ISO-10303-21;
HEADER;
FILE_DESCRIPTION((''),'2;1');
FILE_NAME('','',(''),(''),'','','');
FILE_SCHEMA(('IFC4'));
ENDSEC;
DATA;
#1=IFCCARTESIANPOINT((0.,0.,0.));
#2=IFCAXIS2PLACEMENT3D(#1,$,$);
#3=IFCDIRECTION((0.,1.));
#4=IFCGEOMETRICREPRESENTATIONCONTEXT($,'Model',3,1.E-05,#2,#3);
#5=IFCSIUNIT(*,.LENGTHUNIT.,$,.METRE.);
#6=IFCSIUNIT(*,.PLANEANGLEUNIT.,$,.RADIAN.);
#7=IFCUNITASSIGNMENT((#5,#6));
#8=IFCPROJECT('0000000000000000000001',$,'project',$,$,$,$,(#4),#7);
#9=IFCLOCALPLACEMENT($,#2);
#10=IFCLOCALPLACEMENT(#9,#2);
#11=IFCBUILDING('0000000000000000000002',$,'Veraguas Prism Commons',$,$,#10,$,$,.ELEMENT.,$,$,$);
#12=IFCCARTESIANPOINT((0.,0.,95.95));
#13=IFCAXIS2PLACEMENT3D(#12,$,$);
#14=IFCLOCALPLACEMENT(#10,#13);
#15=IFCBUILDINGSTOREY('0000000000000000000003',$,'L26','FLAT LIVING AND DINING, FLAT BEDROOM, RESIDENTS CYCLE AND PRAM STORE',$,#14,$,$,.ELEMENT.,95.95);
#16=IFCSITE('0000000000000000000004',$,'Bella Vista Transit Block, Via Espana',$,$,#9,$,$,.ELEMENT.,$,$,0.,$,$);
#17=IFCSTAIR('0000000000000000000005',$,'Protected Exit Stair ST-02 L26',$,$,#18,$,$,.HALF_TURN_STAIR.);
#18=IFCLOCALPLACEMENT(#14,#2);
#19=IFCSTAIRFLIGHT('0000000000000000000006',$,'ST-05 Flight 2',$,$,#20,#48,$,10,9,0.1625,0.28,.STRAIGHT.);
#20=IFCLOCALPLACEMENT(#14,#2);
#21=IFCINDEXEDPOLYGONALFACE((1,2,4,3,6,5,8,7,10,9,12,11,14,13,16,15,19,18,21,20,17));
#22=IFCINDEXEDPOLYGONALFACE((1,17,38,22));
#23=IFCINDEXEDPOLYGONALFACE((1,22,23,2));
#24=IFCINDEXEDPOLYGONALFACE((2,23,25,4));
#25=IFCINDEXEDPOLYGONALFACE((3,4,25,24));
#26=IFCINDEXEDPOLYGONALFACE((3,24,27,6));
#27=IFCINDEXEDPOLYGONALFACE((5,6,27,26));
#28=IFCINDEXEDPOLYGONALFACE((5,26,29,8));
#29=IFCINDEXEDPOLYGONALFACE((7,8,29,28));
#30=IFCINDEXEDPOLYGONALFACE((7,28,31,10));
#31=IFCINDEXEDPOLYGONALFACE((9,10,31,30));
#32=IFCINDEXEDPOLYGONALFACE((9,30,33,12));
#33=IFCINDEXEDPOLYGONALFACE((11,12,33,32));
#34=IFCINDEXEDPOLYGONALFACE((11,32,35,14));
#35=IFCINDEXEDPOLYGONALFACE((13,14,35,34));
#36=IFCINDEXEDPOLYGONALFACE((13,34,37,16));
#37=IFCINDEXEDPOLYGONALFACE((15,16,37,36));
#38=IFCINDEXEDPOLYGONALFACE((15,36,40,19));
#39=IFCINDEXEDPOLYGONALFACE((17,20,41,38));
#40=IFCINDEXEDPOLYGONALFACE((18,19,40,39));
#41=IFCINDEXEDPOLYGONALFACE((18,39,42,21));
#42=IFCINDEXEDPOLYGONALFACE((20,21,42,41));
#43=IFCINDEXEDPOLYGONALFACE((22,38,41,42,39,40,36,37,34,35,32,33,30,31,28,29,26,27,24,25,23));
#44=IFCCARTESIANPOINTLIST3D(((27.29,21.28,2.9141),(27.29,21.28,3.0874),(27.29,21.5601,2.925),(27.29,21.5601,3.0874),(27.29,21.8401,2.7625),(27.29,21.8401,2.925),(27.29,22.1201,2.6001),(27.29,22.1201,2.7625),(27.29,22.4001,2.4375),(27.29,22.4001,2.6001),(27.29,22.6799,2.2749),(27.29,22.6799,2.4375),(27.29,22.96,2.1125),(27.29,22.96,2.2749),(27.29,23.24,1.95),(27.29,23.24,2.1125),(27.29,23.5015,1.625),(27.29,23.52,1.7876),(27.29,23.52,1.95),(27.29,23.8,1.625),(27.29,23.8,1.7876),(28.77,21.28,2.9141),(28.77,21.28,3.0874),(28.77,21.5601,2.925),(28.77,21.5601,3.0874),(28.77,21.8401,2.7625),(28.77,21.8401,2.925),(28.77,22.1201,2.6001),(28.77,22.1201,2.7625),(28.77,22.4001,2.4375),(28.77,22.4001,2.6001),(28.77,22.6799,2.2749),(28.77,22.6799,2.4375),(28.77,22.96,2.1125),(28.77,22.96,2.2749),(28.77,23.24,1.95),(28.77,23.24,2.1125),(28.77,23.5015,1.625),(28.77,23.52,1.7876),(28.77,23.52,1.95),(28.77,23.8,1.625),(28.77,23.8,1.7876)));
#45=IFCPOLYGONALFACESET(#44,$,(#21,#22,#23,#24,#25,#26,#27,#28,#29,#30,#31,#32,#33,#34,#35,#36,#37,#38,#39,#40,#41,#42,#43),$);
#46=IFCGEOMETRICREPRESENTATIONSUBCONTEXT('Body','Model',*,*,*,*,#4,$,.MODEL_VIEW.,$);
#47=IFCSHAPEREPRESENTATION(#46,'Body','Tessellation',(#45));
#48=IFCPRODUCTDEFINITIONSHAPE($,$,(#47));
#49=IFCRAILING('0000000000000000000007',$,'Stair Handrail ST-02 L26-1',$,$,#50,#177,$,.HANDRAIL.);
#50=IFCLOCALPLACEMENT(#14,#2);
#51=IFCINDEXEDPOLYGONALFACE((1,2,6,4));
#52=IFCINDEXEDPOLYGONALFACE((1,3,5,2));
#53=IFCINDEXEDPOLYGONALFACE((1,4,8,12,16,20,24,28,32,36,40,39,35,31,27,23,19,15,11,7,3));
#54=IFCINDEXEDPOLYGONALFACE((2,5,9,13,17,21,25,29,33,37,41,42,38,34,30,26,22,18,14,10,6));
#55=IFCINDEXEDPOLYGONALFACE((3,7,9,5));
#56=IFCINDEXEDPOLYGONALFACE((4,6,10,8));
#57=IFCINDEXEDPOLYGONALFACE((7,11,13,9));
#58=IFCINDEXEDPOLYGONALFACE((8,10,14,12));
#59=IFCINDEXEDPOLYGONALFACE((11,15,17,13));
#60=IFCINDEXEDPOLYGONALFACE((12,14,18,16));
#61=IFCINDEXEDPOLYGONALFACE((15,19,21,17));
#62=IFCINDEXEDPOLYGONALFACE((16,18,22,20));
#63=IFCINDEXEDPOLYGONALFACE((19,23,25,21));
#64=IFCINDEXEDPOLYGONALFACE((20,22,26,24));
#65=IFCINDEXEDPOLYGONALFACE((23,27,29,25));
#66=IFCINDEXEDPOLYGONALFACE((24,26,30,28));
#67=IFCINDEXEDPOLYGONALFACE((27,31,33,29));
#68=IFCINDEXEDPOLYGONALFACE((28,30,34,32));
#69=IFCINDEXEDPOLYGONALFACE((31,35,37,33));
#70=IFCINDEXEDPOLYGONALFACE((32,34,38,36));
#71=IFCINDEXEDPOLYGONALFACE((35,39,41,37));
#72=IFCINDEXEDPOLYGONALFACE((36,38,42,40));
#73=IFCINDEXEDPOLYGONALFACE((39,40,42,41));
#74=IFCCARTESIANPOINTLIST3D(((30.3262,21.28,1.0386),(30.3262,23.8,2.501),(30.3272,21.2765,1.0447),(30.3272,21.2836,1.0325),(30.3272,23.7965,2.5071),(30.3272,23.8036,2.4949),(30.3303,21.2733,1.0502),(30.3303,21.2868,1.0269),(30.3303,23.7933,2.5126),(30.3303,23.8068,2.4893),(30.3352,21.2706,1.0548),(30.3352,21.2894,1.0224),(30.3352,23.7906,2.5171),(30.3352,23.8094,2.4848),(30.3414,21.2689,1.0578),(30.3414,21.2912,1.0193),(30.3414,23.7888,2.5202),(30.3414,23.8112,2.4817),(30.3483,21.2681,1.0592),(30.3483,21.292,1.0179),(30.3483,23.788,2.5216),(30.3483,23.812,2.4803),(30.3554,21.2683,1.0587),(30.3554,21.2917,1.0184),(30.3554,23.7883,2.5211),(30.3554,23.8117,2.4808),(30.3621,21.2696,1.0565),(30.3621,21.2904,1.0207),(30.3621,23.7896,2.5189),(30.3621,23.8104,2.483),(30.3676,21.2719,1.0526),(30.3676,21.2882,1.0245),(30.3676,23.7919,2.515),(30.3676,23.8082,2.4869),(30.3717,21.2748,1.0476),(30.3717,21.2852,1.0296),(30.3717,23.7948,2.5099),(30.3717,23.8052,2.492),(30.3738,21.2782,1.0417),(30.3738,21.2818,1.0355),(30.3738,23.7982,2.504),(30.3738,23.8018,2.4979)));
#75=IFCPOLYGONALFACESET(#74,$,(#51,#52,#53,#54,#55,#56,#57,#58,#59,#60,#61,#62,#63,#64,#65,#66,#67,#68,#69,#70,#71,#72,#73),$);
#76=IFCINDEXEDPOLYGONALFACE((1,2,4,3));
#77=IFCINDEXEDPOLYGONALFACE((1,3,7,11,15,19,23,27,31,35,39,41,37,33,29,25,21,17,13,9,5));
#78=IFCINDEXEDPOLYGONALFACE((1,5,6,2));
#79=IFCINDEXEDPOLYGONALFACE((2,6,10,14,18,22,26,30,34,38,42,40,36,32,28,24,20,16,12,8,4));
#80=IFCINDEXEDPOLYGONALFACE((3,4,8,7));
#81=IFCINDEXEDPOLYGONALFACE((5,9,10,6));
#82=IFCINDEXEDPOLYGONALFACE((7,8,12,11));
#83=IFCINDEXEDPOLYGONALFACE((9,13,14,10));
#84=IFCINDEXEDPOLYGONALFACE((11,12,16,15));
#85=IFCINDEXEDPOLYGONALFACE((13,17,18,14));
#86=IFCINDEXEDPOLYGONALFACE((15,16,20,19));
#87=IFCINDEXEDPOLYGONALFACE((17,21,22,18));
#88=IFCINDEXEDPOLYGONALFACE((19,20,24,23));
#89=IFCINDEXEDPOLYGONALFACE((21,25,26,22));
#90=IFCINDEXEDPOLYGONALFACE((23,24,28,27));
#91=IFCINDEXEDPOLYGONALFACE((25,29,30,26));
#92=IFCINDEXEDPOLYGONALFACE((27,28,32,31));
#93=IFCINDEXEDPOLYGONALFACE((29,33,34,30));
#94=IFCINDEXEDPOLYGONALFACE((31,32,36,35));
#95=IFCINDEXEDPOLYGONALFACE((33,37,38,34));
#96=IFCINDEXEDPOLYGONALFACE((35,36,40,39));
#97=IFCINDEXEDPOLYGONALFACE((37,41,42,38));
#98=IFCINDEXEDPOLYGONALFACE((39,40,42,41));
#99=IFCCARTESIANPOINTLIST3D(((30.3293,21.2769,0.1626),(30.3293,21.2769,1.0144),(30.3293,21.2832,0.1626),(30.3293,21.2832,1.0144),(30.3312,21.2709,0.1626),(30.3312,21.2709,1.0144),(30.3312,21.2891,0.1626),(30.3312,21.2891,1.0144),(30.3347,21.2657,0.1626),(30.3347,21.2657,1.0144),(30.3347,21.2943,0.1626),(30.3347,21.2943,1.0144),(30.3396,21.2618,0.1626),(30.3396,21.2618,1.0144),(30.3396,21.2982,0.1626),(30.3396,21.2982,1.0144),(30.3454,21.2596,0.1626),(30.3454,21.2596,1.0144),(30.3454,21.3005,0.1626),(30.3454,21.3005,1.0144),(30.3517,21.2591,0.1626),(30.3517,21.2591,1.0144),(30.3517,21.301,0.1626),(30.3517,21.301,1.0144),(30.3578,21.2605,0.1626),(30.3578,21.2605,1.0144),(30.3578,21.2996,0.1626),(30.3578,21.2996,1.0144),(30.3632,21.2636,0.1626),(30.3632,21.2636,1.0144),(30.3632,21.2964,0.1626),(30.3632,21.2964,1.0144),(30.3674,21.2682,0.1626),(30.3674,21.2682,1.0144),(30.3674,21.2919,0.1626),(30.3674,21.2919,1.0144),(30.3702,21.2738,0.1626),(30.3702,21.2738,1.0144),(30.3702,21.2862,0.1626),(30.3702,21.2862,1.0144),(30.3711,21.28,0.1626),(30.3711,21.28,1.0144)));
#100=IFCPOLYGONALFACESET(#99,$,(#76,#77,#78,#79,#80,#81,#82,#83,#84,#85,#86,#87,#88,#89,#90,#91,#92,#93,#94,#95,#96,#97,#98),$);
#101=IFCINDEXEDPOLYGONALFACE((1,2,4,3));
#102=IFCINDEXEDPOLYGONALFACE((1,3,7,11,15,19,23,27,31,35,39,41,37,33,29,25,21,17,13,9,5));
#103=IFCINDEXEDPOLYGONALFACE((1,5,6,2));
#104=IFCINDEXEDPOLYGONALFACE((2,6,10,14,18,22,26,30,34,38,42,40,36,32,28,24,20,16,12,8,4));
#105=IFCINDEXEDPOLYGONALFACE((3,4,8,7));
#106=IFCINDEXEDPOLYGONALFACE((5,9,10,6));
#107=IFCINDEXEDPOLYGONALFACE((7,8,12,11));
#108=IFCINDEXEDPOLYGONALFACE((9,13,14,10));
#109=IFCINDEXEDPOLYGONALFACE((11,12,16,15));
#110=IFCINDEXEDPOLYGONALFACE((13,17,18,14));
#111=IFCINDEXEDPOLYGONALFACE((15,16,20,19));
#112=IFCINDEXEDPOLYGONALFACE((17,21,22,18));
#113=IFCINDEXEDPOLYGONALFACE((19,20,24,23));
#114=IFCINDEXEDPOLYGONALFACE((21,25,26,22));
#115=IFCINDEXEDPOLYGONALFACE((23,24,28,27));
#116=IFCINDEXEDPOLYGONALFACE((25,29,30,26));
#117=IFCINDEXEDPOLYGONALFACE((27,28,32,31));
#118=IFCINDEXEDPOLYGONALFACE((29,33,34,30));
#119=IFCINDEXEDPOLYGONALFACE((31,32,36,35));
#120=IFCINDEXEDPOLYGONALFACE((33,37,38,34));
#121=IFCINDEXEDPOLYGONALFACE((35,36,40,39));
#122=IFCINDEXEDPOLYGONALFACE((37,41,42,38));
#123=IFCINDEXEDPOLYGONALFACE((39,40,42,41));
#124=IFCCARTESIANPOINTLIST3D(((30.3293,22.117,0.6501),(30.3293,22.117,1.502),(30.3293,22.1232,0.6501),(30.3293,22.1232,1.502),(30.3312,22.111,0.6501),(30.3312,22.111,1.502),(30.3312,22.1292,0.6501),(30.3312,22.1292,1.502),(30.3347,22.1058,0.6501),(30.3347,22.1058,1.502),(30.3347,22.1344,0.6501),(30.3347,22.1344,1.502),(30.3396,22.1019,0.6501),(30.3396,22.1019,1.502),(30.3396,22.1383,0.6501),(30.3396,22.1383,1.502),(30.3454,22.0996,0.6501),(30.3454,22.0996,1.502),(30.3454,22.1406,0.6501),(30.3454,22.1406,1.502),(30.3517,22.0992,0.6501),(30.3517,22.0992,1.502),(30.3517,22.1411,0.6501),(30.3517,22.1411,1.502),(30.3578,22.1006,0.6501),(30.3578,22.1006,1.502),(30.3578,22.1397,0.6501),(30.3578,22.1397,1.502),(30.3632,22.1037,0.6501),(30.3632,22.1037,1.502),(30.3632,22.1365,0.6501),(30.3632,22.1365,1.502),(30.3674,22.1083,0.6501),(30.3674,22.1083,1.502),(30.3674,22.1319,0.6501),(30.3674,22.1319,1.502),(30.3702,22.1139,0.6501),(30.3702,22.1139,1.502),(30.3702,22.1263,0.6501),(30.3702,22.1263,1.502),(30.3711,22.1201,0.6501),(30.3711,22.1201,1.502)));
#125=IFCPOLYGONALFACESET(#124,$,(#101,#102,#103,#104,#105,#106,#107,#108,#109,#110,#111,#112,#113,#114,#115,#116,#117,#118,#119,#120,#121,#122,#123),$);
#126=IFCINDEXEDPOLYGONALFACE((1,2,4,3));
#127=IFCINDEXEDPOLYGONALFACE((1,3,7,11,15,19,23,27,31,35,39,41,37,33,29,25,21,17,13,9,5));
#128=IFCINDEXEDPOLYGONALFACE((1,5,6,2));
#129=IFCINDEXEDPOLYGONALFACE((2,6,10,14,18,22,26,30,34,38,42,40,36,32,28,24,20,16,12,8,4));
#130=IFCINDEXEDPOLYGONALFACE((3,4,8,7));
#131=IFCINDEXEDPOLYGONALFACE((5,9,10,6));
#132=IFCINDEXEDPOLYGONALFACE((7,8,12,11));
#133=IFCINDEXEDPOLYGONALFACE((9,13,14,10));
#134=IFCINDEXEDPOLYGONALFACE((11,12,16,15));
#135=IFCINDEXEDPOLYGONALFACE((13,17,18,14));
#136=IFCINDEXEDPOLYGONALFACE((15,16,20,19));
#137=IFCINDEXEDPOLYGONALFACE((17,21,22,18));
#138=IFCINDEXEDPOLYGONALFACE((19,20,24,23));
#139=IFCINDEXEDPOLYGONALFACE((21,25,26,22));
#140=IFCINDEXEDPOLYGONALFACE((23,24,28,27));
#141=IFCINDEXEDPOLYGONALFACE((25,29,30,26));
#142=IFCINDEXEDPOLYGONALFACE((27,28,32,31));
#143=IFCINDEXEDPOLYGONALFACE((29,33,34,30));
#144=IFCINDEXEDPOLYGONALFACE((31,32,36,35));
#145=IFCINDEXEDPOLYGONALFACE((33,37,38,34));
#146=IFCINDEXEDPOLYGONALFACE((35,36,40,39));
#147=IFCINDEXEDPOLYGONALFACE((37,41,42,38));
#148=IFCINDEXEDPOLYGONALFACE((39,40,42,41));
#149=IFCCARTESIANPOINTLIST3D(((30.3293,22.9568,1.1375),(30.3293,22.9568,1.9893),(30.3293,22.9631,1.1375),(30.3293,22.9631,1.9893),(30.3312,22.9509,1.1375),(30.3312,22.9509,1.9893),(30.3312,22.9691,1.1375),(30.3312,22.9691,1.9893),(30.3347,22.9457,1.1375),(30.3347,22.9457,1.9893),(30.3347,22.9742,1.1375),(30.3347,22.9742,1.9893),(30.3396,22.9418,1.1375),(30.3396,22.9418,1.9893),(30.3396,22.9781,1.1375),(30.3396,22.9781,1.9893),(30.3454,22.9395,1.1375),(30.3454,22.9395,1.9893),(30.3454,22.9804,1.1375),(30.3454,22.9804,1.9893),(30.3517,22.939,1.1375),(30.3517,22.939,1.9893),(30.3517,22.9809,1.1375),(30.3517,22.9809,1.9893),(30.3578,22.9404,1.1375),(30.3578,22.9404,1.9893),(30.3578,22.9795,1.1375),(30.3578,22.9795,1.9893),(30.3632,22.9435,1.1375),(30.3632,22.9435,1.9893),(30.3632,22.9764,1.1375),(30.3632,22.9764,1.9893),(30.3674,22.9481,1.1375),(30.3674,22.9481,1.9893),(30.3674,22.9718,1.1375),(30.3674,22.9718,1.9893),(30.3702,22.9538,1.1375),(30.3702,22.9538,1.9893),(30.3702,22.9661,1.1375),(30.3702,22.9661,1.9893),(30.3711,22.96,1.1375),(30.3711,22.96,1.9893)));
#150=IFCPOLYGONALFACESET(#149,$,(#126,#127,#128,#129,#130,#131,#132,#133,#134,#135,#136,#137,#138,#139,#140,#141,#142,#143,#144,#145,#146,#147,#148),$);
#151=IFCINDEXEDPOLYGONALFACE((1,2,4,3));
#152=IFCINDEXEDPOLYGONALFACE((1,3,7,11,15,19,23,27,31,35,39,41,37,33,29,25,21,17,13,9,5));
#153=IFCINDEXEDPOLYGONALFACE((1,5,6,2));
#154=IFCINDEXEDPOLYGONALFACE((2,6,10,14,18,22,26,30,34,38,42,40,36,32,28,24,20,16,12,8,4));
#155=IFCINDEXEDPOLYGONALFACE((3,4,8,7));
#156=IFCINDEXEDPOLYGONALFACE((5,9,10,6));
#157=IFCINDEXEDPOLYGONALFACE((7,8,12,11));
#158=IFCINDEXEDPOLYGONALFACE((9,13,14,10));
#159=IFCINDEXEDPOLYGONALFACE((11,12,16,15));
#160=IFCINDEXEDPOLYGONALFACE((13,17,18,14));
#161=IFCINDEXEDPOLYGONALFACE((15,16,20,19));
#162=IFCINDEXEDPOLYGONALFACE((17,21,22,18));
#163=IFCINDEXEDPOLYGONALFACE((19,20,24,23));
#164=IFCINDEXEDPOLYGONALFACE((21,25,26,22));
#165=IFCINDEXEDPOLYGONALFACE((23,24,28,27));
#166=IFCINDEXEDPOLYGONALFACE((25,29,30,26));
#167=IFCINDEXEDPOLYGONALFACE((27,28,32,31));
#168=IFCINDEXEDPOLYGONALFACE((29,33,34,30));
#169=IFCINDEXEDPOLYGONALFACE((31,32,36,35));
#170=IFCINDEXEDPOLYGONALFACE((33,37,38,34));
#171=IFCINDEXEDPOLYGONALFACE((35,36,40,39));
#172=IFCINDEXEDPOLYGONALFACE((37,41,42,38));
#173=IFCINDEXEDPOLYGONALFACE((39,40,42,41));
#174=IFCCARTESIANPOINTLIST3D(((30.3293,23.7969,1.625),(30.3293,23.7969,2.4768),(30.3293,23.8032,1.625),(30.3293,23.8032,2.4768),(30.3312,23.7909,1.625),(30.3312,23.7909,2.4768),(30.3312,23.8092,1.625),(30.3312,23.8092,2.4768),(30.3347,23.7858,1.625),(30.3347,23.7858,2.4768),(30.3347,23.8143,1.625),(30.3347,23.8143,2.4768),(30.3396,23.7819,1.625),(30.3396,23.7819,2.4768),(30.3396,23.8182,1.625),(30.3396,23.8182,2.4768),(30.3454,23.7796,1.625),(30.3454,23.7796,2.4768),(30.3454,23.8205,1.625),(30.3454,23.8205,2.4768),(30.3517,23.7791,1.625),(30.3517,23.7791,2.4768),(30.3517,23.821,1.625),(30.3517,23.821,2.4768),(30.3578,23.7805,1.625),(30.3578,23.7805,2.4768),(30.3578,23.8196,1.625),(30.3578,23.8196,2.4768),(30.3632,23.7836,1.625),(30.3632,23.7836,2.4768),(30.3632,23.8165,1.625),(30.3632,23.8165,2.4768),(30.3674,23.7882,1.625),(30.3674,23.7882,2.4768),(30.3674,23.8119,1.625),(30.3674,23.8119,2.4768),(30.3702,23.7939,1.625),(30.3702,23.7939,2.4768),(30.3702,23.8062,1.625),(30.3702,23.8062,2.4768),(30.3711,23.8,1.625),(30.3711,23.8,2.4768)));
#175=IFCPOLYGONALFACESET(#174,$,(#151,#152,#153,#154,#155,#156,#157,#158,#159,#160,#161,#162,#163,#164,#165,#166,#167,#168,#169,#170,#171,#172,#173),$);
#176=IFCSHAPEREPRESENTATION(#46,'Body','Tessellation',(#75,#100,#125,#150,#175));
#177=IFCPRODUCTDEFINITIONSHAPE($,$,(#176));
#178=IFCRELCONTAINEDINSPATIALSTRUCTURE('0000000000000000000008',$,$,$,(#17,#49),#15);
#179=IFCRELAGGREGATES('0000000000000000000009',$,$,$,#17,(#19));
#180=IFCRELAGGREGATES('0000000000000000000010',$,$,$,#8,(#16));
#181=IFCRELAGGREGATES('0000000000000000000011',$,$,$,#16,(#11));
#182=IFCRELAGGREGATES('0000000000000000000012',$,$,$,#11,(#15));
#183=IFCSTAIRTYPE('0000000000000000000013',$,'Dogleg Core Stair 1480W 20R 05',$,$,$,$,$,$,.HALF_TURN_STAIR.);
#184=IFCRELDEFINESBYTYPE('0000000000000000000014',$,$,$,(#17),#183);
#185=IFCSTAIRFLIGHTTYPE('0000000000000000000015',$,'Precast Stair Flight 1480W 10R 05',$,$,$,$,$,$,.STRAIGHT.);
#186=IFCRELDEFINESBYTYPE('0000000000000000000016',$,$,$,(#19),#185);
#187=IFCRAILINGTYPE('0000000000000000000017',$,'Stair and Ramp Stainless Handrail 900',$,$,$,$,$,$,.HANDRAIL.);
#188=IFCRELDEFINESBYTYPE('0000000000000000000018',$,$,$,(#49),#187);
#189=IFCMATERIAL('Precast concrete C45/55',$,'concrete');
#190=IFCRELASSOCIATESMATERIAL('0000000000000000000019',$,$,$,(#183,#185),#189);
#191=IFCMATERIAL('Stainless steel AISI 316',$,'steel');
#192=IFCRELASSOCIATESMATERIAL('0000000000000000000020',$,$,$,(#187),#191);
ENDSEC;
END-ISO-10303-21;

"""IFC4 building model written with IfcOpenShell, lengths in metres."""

from ifc_helpers import new_model, si_unit, direction, frame, origin, origin_2d, place, context, subcontext, project, spatial, polyline, circle, outline, extrude, material, type_object, element, aggregate, save


model = new_model("IFC4")

# Units and contexts
model_context = context("Model", 3, precision=1e-05, world=origin(), true_north=direction((0.0, 1.0)))
body_context = subcontext(model_context, "Body", "Model", "MODEL_VIEW")
ifc_project = project(units=[si_unit("LENGTHUNIT", "METRE"), si_unit("PLANEANGLEUNIT", "RADIAN")], contexts=[model_context])

# Site, building, storey
site_placement = place(None, origin())
site = spatial("IfcSite", under=ifc_project, at=site_placement, Name="Bella Vista Transit Block, Via Espana", CompositionType="ELEMENT", RefElevation=0.0)
building_placement = place(site_placement, origin())
building = spatial("IfcBuilding", under=site, at=building_placement, Name="Veraguas Prism Commons", CompositionType="ELEMENT")
storey_placement = place(building_placement, frame((0.0, 0.0, 95.95)))
storey = spatial("IfcBuildingStorey", under=building, at=storey_placement, Name="L26", Description="FLAT LIVING AND DINING, FLAT BEDROOM, RESIDENTS CYCLE AND PRAM STORE", CompositionType="ELEMENT", Elevation=95.95)

# Shared definitions
ifc_material_1 = material(Name="Stainless steel AISI 316", Category="steel")

# Stair, stair flight
ifc_material_2 = material(Name="Precast concrete C45/55", Category="concrete")
stair_type = type_object("IfcStairType", Name="Dogleg Core Stair 1480W 20R 05", PredefinedType="HALF_TURN_STAIR", material=ifc_material_2)
stair_placement = place(storey_placement, origin())
stair = element("IfcStair", 1, at=stair_placement, inside=storey, type_object=stair_type, Name="Protected Exit Stair ST-02 L26", PredefinedType="HALF_TURN_STAIR")
stair_flight_type = type_object("IfcStairFlightType", Name="Precast Stair Flight 1480W 10R 05", PredefinedType="STRAIGHT", material=ifc_material_2)
stair_flight_1_placement = place(storey_placement, frame((28.03, 23.8, 1.625), z_axis=(0.0, 0.0, 1.0), x_axis=(0.0, -1.0, 0.0)))
stair_flight_1 = element("IfcStairFlight", 2, at=stair_flight_1_placement, type_object=stair_flight_type, Name="ST-05 Flight 2", NumberOfRisers=10, NumberOfTreads=9, PredefinedType="STRAIGHT", RiserHeight=0.1625, TreadLength=0.28, context=body_context, shape_type="SweptSolid", body=[
    extrude(outline(polyline([(0.0, 0.0), (0.0, 0.1626), (0.28, 0.1626), (0.28, 0.325), (0.5601, 0.325), (0.5601, 0.4875), (0.8401, 0.4875), (0.8401, 0.6499), (1.1201, 0.6499), (1.1201, 0.8125), (1.3999, 0.8125), (1.3999, 0.9751), (1.6799, 0.9751), (1.6799, 1.1375), (1.96, 1.1375), (1.96, 1.3), (2.24, 1.3), (2.24, 1.4624), (2.52, 1.4624), (2.52, 1.625), (2.52, 1.2891), (0.2986, 0.0), (0.0, 0.0)])), frame((0.0, 0.74, 0.0), z_axis=(0.0, -1.0, 0.0), x_axis=(1.0, 0.0, 0.0)), (0.0, 0.0, 1.0), 1.48),
])
aggregate(stair, [stair_flight_1])

# Railing
railing_type_1 = type_object("IfcRailingType", Name="Stair and Ramp Stainless Handrail 900", PredefinedType="HANDRAIL", material=ifc_material_1)
railing_1_placement = place(storey_placement, frame((30.3501, 21.28, 0.1626)))
element("IfcRailing", 3, at=railing_1_placement, inside=storey, type_object=railing_type_1, Name="Stair Handrail ST-02 L26-1", PredefinedType="HANDRAIL", context=body_context, shape_type="SweptSolid", body=[
    extrude(circle(Radius=0.0239, at=origin_2d()), frame((0.0, 0.0, 0.876), z_axis=(0.0, 0.864913, 0.501921), x_axis=(-1.0, 0.0, 0.0)), (0.0, 0.0, 1.0), 2.9136),
    extrude(circle(Radius=0.021, at=origin_2d()), origin(), (0.0, 0.0, 1.0), 0.8518),
    extrude(circle(Radius=0.021, at=origin_2d()), frame((0.0, 0.8401, 0.4875)), (0.0, 0.0, 1.0), 0.8518),
    extrude(circle(Radius=0.021, at=origin_2d()), frame((0.0, 1.6799, 0.9749)), (0.0, 0.0, 1.0), 0.8518),
    extrude(circle(Radius=0.021, at=origin_2d()), frame((0.0, 2.52, 1.4624)), (0.0, 0.0, 1.0), 0.8518),
])

save(model, "model.ifc")
